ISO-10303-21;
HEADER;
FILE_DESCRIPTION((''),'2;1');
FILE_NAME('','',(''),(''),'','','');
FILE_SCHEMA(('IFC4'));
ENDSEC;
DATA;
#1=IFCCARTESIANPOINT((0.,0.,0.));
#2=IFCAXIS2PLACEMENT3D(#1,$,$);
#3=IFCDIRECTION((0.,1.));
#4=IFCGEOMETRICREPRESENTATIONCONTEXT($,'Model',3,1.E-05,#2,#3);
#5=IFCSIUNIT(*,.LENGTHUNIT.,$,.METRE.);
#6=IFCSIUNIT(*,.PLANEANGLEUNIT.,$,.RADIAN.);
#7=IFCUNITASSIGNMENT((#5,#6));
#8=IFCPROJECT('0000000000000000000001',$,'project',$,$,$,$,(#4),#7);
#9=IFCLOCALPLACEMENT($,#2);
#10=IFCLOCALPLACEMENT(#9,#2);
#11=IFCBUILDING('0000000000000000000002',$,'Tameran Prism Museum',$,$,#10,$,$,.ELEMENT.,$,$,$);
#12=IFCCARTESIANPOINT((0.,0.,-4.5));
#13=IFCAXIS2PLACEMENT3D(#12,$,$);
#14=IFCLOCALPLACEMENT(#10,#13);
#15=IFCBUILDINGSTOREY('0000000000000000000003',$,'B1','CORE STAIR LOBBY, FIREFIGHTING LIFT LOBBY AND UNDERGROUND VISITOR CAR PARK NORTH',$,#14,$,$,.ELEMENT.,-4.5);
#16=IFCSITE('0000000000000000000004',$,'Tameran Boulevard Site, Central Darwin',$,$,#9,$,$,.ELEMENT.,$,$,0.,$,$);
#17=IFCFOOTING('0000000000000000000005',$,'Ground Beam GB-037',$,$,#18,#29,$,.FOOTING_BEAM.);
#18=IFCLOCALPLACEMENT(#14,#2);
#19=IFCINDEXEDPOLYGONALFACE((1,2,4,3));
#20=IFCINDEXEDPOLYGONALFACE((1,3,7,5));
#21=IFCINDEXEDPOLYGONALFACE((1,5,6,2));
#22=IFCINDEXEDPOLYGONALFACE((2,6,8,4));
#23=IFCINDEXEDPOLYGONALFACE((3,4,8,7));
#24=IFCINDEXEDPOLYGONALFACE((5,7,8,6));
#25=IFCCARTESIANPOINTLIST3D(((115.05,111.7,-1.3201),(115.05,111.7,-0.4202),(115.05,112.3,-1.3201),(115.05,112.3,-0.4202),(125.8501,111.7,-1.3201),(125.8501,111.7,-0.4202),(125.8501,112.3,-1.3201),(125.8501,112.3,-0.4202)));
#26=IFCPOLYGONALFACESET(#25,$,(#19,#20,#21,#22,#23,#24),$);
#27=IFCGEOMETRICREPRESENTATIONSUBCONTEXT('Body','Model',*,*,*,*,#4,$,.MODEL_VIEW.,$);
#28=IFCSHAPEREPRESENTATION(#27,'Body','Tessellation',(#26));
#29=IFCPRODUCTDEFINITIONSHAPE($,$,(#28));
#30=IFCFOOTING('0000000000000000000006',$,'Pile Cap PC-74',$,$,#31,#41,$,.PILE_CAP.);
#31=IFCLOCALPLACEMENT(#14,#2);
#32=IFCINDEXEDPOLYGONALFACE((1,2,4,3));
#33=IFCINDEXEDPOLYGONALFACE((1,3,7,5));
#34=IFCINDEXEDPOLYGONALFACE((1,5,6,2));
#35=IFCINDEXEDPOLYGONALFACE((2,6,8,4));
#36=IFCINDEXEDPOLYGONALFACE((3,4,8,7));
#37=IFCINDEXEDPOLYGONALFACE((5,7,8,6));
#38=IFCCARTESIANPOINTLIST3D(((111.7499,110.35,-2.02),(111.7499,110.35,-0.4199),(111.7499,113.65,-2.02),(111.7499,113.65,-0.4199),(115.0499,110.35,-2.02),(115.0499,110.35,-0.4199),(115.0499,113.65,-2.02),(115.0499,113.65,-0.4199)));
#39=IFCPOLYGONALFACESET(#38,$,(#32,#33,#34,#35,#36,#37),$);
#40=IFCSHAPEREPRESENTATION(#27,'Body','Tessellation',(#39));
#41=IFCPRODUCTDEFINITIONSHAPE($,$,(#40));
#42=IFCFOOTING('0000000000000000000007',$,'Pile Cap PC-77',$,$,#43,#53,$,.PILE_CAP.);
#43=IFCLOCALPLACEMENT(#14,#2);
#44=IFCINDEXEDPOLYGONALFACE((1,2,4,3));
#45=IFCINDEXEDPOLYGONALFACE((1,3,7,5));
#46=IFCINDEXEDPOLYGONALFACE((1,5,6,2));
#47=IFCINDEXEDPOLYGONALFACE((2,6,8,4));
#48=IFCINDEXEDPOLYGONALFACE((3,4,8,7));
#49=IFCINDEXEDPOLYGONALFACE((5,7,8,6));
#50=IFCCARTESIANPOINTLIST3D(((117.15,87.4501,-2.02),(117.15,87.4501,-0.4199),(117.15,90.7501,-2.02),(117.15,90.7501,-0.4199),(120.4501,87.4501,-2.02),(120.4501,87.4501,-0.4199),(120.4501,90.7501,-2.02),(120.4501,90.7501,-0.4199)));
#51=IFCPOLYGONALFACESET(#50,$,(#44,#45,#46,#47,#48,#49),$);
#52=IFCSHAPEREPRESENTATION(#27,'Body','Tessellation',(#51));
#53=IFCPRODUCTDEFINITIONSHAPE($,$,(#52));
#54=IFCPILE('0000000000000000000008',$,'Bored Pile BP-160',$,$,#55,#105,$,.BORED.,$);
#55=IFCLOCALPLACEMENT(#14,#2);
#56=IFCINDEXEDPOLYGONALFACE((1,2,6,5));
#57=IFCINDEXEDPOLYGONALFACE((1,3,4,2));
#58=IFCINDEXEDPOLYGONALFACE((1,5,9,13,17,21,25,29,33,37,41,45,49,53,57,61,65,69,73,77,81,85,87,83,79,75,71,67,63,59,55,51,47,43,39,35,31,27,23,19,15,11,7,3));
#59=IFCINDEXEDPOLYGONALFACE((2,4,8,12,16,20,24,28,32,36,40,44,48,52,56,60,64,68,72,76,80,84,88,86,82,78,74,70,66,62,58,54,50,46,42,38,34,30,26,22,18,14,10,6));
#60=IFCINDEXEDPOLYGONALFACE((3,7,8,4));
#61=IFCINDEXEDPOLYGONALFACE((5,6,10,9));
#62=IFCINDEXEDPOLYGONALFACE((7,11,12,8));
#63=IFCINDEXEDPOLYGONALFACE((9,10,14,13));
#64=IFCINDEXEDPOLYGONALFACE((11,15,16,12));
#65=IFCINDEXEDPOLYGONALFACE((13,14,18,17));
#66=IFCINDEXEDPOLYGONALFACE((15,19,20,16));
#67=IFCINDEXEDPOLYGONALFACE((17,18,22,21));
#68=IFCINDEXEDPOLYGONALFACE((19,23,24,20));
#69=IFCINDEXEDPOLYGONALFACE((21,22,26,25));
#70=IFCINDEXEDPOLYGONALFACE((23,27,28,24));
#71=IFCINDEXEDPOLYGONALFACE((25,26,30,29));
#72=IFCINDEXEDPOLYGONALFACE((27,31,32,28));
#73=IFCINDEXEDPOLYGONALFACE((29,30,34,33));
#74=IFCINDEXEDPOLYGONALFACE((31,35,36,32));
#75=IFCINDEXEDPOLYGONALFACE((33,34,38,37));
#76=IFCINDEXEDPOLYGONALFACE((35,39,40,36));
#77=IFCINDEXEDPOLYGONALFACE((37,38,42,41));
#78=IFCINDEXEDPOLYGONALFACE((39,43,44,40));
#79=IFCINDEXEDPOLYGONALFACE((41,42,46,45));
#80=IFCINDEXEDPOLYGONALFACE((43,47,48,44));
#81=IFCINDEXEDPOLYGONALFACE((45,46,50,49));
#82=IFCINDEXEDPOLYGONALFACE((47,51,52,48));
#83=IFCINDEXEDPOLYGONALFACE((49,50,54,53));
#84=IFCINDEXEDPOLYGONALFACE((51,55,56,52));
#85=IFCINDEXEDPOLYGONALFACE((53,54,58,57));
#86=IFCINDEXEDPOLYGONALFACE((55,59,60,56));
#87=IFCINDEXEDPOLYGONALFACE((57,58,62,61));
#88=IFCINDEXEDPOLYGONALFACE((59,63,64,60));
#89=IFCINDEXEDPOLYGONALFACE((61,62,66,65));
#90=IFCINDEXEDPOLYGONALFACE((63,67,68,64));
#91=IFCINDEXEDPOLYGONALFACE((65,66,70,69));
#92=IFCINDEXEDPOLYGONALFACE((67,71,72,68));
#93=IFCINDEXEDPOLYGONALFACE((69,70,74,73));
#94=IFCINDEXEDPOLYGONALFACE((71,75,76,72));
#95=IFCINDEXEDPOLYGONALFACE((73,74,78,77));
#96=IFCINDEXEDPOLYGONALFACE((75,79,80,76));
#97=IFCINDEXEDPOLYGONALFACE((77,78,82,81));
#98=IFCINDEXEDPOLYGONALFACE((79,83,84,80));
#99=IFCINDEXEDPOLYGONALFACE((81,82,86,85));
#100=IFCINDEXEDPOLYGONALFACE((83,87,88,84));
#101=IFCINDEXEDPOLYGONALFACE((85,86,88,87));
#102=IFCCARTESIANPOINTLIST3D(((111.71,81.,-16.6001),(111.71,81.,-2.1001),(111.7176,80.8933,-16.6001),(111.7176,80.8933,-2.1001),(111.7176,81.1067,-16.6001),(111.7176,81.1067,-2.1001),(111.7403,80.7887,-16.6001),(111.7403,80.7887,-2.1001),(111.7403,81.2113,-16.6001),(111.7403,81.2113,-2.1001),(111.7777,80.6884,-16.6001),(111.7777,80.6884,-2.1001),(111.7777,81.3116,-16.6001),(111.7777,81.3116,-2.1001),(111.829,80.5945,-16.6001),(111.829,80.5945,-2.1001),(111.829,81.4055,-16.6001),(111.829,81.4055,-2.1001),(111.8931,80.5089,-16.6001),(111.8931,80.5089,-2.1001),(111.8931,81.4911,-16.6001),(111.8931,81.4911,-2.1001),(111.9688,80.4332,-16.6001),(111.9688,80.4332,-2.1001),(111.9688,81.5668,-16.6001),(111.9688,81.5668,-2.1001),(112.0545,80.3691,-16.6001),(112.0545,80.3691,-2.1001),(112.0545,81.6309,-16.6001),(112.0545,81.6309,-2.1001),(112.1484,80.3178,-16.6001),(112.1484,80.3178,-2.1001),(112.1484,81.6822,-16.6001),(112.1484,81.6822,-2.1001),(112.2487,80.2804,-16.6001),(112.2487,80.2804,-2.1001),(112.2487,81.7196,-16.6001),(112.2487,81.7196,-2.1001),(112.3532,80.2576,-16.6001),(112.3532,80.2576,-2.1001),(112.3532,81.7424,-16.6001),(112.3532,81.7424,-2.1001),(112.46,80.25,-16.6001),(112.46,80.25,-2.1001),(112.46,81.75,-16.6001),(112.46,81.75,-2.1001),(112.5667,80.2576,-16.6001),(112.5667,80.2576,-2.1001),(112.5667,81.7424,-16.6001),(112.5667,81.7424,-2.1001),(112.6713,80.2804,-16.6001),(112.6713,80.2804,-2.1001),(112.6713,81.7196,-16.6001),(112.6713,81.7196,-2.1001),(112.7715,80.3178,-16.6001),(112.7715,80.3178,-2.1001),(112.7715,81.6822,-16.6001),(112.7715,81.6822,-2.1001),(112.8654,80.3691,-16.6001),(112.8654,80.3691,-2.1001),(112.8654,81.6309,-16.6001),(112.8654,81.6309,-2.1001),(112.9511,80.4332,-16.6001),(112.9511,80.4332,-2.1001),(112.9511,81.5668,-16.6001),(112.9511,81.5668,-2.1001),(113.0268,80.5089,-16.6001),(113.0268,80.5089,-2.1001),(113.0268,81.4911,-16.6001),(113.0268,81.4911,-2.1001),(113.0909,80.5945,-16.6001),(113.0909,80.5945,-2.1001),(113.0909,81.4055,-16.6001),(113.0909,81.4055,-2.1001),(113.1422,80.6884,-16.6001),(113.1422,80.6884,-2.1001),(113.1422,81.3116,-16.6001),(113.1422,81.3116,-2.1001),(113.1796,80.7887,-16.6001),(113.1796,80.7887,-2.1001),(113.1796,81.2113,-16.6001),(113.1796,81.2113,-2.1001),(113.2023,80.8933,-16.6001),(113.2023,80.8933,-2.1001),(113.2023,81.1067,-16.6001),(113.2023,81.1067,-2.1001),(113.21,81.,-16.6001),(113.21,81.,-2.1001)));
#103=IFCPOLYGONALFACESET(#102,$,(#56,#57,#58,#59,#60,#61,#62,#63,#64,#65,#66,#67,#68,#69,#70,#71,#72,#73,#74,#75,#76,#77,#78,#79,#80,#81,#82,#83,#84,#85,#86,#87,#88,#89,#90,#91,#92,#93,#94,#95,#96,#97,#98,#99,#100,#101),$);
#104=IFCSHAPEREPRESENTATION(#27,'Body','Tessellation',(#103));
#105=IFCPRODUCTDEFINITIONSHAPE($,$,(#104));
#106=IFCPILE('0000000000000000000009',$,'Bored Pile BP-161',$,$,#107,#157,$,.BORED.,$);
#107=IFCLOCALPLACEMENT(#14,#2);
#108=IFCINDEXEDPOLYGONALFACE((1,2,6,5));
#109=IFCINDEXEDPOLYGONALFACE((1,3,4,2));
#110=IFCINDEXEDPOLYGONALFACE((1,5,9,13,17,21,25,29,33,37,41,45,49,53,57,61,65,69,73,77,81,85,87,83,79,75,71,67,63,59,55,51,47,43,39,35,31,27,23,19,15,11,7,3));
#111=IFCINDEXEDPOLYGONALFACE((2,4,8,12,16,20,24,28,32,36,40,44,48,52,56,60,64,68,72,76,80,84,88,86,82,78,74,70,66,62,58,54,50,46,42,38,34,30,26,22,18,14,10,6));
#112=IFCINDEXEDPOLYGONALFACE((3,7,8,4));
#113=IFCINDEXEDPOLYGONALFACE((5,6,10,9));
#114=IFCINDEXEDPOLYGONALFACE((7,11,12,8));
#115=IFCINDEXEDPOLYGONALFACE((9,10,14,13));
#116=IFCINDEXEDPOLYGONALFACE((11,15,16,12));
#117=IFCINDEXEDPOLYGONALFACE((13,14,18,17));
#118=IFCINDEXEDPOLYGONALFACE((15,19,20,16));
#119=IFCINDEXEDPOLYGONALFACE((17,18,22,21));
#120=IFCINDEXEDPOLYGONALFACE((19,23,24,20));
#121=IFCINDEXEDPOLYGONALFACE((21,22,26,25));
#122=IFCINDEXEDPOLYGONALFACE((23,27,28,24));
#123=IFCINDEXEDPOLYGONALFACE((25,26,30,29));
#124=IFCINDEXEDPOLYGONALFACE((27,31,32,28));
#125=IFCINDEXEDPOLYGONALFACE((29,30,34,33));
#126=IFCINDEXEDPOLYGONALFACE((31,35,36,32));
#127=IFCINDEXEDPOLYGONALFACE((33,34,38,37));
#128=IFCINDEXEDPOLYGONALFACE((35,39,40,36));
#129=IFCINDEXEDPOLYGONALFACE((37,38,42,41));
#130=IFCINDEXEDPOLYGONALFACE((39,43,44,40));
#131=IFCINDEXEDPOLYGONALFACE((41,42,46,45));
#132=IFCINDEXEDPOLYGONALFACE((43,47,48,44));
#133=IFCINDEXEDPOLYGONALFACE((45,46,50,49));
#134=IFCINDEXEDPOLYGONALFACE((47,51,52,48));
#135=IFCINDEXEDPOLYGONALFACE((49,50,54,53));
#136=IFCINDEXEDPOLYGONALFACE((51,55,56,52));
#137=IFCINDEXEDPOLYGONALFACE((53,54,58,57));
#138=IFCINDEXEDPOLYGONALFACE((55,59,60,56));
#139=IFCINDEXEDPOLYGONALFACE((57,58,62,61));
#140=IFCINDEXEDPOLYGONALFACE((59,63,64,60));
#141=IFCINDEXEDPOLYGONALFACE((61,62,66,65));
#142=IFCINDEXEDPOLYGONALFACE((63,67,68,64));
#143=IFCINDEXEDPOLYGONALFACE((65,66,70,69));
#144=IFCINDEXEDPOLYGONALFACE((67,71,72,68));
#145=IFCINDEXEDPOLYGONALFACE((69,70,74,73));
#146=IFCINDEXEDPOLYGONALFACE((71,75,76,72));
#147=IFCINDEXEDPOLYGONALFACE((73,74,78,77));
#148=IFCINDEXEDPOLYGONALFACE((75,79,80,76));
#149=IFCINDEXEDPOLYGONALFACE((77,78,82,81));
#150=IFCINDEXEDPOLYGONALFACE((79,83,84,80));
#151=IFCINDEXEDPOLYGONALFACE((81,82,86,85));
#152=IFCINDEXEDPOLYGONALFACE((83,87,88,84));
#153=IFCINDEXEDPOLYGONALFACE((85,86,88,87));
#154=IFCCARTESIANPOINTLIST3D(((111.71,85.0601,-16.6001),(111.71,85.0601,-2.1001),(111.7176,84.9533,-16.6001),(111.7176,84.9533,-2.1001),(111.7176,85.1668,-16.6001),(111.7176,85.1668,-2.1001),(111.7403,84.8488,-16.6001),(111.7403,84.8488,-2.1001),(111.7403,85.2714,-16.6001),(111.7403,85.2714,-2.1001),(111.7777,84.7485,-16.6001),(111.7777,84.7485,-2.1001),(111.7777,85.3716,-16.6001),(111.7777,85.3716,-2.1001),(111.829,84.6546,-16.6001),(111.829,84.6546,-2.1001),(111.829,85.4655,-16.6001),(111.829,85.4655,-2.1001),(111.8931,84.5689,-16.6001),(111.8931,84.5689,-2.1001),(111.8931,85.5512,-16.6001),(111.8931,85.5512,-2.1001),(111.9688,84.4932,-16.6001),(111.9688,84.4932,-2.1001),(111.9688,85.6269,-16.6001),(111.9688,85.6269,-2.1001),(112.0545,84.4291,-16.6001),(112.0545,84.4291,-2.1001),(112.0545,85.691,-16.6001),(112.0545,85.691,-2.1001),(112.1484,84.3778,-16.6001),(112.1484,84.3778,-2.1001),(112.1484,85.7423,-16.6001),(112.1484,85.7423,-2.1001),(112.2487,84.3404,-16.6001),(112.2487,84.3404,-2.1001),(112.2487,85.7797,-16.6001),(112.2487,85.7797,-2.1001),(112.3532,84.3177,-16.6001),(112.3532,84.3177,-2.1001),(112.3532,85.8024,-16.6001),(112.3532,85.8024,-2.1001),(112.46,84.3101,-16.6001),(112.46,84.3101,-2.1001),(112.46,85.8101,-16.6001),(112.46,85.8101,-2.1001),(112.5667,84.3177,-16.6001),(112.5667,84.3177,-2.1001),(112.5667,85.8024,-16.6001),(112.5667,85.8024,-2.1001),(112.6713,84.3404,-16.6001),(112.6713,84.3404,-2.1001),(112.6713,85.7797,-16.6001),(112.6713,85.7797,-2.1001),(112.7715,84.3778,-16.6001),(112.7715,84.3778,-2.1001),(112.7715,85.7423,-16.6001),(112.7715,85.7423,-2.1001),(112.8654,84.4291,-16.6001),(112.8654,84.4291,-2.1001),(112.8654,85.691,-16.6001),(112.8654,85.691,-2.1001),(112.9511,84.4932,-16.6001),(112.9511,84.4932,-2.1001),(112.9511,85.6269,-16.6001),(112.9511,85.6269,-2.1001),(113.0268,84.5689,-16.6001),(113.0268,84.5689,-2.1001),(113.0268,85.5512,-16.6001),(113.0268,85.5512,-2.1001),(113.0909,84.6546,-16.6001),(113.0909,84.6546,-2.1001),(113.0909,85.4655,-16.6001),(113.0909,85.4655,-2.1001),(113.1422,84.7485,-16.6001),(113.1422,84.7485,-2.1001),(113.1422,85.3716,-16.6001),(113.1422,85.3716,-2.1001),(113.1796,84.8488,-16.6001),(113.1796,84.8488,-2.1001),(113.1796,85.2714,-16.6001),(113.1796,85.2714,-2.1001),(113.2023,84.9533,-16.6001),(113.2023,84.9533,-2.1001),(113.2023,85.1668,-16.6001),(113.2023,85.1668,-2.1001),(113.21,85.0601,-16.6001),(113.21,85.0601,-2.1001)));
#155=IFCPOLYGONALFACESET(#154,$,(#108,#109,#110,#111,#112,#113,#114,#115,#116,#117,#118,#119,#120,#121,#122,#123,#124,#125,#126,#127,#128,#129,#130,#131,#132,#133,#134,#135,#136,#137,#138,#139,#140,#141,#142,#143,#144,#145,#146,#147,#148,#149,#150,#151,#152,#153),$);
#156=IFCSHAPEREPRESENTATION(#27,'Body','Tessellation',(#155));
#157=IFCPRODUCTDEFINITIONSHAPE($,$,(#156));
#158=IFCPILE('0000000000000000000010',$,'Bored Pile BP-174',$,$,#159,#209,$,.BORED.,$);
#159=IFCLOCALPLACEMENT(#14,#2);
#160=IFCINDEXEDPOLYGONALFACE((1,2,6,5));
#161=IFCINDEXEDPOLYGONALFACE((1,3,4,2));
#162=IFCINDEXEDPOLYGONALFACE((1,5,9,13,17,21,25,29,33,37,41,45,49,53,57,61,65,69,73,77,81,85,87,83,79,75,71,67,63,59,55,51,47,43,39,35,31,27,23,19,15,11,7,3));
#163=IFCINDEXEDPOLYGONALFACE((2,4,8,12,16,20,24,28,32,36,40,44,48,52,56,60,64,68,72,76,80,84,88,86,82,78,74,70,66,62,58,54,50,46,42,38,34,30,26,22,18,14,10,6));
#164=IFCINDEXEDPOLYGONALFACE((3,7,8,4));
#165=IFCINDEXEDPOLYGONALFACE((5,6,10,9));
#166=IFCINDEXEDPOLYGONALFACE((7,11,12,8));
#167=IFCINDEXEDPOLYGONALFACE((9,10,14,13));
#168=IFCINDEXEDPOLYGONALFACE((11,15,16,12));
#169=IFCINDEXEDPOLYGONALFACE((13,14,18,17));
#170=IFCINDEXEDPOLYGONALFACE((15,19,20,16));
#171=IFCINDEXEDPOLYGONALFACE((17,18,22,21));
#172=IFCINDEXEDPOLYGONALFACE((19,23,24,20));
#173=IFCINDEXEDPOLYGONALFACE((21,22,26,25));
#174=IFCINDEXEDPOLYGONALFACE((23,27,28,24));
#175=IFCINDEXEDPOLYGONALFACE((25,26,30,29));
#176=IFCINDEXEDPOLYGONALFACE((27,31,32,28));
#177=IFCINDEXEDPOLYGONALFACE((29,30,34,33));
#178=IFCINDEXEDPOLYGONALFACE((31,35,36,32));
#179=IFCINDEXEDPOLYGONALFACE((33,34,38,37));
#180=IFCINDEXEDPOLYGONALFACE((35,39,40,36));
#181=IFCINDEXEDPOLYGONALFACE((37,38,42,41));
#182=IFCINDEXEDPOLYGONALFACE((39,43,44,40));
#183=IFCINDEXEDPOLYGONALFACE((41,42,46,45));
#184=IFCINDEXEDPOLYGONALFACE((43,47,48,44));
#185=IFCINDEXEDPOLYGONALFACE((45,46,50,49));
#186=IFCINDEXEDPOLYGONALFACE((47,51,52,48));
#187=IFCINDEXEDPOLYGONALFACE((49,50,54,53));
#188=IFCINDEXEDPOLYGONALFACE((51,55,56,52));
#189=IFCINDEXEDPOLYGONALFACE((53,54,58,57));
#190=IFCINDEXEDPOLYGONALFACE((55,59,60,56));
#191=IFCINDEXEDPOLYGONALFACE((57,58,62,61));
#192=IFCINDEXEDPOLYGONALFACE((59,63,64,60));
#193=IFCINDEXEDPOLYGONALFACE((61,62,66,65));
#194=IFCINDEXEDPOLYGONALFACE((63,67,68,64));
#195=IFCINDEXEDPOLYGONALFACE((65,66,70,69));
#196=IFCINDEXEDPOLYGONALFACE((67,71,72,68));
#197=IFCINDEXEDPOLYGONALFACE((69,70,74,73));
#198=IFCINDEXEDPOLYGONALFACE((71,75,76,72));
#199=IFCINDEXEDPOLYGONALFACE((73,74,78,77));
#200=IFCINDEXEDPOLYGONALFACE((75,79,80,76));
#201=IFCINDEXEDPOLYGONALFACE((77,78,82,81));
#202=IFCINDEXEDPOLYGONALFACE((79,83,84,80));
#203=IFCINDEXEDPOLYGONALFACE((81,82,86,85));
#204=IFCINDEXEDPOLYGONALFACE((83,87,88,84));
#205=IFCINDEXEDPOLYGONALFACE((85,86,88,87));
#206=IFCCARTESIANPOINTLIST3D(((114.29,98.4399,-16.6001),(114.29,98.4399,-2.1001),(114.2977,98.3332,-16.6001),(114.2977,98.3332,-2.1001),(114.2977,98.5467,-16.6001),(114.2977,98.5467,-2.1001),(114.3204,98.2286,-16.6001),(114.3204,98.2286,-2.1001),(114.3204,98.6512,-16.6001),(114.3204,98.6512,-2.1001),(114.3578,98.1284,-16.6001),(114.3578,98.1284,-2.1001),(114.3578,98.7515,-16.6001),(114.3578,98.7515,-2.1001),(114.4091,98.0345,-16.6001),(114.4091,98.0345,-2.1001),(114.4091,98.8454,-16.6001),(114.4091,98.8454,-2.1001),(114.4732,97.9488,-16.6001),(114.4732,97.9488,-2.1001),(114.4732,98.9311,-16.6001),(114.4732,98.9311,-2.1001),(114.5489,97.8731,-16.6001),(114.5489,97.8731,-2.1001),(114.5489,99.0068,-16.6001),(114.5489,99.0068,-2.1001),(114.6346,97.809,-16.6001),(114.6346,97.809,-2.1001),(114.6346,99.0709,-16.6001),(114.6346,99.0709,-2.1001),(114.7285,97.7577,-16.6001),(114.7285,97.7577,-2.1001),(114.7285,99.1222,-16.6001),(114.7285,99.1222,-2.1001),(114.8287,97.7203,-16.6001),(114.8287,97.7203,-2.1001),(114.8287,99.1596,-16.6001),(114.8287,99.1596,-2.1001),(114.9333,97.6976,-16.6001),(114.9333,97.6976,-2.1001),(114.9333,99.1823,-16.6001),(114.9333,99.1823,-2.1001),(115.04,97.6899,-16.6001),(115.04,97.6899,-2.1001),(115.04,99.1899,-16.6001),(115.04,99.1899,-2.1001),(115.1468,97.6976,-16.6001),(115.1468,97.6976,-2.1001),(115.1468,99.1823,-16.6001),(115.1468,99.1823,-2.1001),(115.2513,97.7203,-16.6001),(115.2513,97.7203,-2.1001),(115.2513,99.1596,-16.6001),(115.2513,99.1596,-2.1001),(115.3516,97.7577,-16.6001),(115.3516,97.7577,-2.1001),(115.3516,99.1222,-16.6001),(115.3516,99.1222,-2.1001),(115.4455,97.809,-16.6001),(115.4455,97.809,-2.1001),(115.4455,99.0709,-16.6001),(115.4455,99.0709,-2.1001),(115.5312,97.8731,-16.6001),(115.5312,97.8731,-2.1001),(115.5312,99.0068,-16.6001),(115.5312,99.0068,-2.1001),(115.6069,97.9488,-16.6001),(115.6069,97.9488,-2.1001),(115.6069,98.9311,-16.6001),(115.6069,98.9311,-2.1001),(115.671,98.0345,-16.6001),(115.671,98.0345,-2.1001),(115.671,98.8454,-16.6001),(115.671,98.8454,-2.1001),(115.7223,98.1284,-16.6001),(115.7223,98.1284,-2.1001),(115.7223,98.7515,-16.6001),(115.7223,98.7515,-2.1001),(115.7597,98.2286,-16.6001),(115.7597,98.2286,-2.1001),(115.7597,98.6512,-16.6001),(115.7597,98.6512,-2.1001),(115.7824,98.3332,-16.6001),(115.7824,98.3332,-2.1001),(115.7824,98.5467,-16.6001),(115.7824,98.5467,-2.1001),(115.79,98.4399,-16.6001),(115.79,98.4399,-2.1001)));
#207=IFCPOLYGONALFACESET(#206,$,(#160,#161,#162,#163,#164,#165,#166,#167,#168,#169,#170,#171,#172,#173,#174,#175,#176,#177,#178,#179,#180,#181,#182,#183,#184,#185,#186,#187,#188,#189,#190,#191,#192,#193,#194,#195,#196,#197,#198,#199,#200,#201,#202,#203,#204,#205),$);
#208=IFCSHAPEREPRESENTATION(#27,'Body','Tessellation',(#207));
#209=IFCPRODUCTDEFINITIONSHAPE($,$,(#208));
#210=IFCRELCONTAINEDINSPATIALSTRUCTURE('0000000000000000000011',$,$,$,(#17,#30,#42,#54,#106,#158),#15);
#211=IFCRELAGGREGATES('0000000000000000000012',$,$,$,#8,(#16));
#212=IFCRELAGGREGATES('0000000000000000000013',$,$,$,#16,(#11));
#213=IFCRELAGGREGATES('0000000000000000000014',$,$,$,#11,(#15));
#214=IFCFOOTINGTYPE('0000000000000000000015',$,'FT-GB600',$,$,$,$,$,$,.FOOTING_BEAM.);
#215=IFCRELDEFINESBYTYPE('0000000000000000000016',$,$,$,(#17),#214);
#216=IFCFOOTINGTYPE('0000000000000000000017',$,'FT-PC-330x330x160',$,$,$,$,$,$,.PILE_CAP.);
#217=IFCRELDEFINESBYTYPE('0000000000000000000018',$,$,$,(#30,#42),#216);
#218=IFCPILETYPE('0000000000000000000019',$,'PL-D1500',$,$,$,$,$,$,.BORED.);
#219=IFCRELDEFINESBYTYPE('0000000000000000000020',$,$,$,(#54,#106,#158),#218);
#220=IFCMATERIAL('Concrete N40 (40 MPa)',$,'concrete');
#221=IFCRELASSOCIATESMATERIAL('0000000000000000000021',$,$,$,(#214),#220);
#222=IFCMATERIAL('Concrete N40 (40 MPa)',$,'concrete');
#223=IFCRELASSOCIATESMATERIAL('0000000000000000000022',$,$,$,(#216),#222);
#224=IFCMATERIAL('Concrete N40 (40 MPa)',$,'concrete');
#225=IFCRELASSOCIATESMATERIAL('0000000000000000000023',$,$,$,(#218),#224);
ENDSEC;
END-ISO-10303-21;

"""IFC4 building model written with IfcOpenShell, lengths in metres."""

from ifc_helpers import new_model, si_unit, direction, frame, origin, origin_2d, place, context, subcontext, project, spatial, rectangle, circle, extrude, material, material_profile, profile_set, type_object, element, save


model = new_model("IFC4")

# Units and contexts
model_context = context("Model", 3, precision=1e-05, world=origin(), true_north=direction((0.0, 1.0)))
body_context = subcontext(model_context, "Body", "Model", "MODEL_VIEW")
ifc_project = project(units=[si_unit("LENGTHUNIT", "METRE"), si_unit("PLANEANGLEUNIT", "RADIAN")], contexts=[model_context])

# Site, building, storey
site_placement = place(None, origin())
site = spatial("IfcSite", under=ifc_project, at=site_placement, Name="Tameran Boulevard Site, Central Darwin", CompositionType="ELEMENT", RefElevation=0.0)
building_placement = place(site_placement, origin())
building = spatial("IfcBuilding", under=site, at=building_placement, Name="Tameran Prism Museum", CompositionType="ELEMENT")
storey_placement = place(building_placement, frame((0.0, 0.0, -4.5)))
storey = spatial("IfcBuildingStorey", under=building, at=storey_placement, Name="B1", Description="CORE STAIR LOBBY, FIREFIGHTING LIFT LOBBY AND UNDERGROUND VISITOR CAR PARK NORTH", CompositionType="ELEMENT", Elevation=-4.5)

# Footings
ifc_material_1 = material(Name="Concrete N40 (40 MPa)", Category="concrete")
ifc_material_profile_1 = material_profile(ifc_material_1, rectangle(XDim=0.6001, YDim=0.8999, at=origin_2d()))
ifc_profile_set_1 = profile_set([ifc_material_profile_1])
footing_type_1 = type_object("IfcFootingType", Name="FT-GB600", PredefinedType="FOOTING_BEAM", material=ifc_profile_set_1)
footing_placement = place(storey_placement, frame((115.05, 112.0, -0.8701), z_axis=(1.0, 0.0, 0.0), x_axis=(0.0, 1.0, 0.0)))
element("IfcFooting", 1, at=footing_placement, inside=storey, type_object=footing_type_1, Name="Ground Beam GB-037", PredefinedType="FOOTING_BEAM", context=body_context, shape_type="SweptSolid", body=[
    extrude(rectangle(XDim=0.6001, YDim=0.8999, at=origin_2d()), origin(), (0.0, 0.0, 1.0), 10.8),
])
ifc_material_2 = material(Name="Concrete N40 (40 MPa)", Category="concrete")
footing_type_2 = type_object("IfcFootingType", Name="FT-PC-330x330x160", PredefinedType="PILE_CAP", material=ifc_material_2)
for number, where, z_axis, x_axis, name in (
    (2, (113.3999, 112.0, -2.02), (0.0, 0.0, 1.0), (1.0, 0.0, 0.0), "Pile Cap PC-74"),
    (3, (118.8, 89.1001, -2.02), (0.0, 0.0, 1.0), (1.0, 0.0, 0.0), "Pile Cap PC-77"),
):
    element("IfcFooting", number, at=place(storey_placement, frame(where, z_axis=z_axis, x_axis=x_axis)), inside=storey, type_object=footing_type_2, Name=name, PredefinedType="PILE_CAP", context=body_context, shape_type="SweptSolid", body=[
        extrude(rectangle(XDim=3.3, YDim=3.3, at=origin_2d()), origin(), (0.0, 0.0, 1.0), 1.6001),
    ])

# Piles
ifc_material_3 = material(Name="Concrete N40 (40 MPa)", Category="concrete")
ifc_material_profile_2 = material_profile(ifc_material_3, circle(Radius=0.75, at=origin_2d()))
ifc_profile_set_2 = profile_set([ifc_material_profile_2])
pile_type_1 = type_object("IfcPileType", Name="PL-D1500", PredefinedType="BORED", material=ifc_profile_set_2)
for number, where, z_axis, x_axis, name in (
    (4, (112.46, 81.0, -2.1001), (0.0, 0.0, -1.0), (1.0, 0.0, 0.0), "Bored Pile BP-160"),
    (5, (112.46, 85.0601, -2.1001), (0.0, 0.0, -1.0), (1.0, 0.0, 0.0), "Bored Pile BP-161"),
    (6, (115.04, 98.4399, -2.1001), (0.0, 0.0, -1.0), (1.0, 0.0, 0.0), "Bored Pile BP-174"),
):
    element("IfcPile", number, at=place(storey_placement, frame(where, z_axis=z_axis, x_axis=x_axis)), inside=storey, type_object=pile_type_1, Name=name, PredefinedType="BORED", context=body_context, shape_type="SweptSolid", body=[
        extrude(circle(Radius=0.75, at=origin_2d()), origin(), (0.0, 0.0, 1.0), 14.5),
    ])

save(model, "model.ifc")
